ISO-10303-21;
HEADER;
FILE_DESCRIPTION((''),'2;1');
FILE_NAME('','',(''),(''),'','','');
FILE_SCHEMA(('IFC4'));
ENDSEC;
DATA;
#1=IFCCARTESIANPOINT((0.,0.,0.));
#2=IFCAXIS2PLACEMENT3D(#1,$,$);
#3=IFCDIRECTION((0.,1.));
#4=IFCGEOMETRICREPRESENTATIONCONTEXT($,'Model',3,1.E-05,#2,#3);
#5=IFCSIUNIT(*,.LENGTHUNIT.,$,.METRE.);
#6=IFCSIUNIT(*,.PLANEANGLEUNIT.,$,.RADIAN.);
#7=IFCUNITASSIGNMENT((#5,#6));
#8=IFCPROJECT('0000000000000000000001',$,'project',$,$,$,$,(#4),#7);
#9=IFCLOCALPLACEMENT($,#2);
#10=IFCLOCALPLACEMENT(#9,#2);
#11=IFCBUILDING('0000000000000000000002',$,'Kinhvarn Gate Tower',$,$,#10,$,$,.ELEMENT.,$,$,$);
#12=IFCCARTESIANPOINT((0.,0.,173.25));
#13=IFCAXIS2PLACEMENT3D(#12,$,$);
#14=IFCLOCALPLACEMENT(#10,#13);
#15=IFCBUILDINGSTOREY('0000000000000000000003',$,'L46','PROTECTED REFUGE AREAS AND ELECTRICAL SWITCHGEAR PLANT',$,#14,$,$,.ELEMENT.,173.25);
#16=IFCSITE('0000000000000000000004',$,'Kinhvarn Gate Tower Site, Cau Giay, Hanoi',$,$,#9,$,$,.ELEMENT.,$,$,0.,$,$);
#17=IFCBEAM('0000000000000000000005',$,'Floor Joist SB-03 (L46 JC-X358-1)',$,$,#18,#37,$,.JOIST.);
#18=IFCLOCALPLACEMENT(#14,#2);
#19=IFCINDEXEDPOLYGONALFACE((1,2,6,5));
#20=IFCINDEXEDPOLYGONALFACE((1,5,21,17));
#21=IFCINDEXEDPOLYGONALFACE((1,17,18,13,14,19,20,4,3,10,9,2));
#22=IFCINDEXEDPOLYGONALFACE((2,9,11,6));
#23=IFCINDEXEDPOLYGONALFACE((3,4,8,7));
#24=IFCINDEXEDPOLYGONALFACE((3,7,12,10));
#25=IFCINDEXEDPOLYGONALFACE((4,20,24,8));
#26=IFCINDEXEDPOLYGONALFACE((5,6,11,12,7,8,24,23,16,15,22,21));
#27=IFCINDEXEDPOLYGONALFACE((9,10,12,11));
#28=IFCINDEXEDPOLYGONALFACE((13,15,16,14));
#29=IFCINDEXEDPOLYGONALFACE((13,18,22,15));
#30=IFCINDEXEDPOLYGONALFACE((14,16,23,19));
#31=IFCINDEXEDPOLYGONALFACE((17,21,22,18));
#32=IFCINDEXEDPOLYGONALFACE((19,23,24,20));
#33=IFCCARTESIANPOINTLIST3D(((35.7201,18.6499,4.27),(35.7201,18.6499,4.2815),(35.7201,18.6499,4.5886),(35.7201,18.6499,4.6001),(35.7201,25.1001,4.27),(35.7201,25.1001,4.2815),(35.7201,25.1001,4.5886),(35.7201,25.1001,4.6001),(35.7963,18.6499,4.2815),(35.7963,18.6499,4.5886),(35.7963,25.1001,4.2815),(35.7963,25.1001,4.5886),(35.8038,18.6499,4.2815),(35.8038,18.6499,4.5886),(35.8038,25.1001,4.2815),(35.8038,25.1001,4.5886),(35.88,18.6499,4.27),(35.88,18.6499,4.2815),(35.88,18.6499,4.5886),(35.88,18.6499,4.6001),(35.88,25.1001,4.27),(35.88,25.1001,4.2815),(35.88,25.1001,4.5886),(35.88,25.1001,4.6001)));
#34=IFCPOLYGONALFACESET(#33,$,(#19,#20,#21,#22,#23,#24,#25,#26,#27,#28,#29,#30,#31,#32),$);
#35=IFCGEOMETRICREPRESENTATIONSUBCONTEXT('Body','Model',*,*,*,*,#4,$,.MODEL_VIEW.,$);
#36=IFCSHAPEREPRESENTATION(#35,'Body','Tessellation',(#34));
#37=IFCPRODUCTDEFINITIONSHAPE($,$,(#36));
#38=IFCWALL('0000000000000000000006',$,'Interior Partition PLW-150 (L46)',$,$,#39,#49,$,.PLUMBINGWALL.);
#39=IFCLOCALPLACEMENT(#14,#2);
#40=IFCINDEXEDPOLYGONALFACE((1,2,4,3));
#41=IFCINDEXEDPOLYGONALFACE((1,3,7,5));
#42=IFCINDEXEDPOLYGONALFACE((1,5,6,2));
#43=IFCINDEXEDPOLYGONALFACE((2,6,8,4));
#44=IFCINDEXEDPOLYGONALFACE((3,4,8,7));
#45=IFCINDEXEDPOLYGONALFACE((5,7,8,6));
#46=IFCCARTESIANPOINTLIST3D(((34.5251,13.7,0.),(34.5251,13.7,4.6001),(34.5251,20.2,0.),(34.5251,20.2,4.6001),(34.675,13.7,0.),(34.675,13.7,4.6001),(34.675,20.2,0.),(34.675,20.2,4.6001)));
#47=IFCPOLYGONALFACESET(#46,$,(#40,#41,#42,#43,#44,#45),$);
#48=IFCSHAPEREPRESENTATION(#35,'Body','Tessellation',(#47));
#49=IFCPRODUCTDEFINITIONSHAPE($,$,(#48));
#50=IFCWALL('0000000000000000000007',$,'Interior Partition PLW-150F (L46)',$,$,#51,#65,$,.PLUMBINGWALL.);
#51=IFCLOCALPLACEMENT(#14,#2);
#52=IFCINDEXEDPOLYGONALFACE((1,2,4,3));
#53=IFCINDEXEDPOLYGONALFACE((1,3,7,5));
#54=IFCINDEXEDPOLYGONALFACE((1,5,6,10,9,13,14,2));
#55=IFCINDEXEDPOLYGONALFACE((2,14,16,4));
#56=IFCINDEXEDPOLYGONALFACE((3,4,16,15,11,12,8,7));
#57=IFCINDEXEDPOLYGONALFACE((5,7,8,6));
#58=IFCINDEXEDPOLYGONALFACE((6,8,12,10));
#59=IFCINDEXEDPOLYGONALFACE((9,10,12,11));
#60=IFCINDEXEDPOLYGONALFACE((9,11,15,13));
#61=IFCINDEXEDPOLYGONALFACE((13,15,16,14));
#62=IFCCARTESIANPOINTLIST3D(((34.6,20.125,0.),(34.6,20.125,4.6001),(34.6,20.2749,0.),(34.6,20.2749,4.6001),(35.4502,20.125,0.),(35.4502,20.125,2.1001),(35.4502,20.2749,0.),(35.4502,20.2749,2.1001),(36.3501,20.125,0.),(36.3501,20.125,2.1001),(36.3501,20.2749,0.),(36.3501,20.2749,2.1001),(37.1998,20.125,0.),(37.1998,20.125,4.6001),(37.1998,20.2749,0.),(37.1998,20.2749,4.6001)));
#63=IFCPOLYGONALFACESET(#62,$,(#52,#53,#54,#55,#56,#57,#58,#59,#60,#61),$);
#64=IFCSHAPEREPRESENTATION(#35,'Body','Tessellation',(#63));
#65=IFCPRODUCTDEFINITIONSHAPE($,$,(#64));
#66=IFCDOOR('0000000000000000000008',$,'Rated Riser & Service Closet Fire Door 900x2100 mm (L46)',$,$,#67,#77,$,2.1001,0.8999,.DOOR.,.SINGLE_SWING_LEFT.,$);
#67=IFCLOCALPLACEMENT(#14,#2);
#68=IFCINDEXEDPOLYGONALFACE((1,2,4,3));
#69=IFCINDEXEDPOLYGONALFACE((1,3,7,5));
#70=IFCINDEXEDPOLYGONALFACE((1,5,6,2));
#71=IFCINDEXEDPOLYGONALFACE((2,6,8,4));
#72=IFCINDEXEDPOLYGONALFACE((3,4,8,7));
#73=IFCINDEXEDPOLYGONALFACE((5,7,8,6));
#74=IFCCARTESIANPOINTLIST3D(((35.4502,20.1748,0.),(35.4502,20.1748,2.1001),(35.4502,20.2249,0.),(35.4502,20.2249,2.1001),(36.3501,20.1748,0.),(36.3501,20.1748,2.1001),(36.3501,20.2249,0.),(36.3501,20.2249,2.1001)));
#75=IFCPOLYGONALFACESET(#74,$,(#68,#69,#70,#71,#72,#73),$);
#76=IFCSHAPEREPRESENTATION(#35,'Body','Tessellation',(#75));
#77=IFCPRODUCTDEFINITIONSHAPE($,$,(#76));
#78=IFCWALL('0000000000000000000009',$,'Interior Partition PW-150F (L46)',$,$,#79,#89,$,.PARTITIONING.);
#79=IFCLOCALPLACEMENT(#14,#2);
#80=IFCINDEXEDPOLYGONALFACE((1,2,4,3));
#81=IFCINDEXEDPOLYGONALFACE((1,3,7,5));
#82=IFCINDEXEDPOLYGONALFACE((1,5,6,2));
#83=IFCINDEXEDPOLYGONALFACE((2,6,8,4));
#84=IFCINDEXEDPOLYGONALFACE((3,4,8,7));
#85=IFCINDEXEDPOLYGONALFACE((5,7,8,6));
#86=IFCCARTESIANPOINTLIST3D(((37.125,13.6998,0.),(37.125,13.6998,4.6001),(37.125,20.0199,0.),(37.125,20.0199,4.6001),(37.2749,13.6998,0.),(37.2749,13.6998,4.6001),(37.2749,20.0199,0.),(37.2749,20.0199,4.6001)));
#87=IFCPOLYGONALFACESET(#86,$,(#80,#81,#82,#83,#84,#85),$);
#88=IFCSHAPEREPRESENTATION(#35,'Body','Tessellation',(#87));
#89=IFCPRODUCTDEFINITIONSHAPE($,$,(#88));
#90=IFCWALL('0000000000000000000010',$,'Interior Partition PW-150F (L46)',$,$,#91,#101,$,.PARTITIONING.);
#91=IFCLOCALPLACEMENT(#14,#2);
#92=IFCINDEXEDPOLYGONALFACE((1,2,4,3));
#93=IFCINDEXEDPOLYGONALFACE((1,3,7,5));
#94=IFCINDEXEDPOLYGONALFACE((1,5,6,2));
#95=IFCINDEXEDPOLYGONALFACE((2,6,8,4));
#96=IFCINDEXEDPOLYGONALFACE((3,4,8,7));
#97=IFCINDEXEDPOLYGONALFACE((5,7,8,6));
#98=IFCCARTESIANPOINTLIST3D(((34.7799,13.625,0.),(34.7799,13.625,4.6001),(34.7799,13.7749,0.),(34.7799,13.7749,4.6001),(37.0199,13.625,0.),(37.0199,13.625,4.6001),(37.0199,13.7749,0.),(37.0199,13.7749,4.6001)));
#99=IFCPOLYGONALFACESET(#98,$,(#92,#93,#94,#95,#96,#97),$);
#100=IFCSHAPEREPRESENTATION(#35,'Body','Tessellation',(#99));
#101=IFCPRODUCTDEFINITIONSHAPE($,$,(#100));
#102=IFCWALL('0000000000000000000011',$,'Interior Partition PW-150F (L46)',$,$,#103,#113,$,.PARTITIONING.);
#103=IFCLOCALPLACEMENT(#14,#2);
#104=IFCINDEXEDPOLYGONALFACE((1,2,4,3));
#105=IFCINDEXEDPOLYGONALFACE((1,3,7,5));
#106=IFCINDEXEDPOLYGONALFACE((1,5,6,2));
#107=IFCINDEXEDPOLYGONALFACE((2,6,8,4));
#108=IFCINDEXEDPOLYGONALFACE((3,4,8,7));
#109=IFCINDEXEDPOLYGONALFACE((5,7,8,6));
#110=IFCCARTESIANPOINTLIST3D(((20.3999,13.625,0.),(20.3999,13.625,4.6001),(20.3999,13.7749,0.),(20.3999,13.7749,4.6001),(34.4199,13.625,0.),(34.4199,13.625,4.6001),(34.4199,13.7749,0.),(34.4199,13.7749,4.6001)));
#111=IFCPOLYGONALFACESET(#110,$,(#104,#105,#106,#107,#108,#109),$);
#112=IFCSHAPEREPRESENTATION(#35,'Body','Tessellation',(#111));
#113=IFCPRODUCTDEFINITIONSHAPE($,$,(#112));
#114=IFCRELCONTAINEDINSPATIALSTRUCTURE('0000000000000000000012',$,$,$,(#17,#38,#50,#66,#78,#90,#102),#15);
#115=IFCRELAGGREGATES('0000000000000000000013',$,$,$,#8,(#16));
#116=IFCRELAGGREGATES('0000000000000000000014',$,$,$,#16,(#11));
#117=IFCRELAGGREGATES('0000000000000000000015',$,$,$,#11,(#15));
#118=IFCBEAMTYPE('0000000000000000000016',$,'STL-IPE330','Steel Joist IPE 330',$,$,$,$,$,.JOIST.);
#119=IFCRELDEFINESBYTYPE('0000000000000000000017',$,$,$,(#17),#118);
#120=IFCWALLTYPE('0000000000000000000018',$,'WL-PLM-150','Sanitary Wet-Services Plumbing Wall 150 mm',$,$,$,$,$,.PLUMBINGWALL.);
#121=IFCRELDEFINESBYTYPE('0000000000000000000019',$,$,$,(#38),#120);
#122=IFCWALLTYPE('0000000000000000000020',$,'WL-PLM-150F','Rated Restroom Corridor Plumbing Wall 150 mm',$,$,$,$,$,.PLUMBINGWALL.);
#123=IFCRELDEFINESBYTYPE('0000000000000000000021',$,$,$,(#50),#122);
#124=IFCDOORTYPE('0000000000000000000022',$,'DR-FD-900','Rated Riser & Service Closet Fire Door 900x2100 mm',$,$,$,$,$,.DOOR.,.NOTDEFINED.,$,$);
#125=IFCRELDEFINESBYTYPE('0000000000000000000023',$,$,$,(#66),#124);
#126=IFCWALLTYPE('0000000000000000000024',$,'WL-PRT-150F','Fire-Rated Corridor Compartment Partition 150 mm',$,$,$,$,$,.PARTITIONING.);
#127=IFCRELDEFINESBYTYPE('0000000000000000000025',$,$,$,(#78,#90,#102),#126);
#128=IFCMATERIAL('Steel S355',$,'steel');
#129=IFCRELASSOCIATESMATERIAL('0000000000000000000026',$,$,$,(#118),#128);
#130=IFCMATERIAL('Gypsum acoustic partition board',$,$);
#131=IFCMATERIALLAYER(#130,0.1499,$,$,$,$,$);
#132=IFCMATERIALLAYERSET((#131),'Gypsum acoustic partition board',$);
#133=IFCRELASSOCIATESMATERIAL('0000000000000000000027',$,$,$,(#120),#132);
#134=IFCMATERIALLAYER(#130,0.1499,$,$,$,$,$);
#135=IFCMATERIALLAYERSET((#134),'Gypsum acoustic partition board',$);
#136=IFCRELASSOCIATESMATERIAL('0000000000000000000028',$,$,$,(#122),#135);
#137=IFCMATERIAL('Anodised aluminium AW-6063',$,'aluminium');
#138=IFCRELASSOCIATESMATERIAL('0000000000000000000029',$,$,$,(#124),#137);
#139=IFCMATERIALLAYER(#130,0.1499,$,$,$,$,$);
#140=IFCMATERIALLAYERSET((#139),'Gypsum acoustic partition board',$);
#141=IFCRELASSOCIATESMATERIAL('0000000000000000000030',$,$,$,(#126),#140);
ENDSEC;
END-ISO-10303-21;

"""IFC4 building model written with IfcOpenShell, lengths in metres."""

from ifc_helpers import new_model, si_unit, direction, frame, frame_2d, origin, origin_2d, place, context, subcontext, project, spatial, rectangle, i_section, extrude, material, layer, layer_set, material_profile, profile_set, type_object, element, fill, save


model = new_model("IFC4")

# Units and contexts
model_context = context("Model", 3, precision=1e-05, world=origin(), true_north=direction((0.0, 1.0)))
body_context = subcontext(model_context, "Body", "Model", "MODEL_VIEW")
ifc_project = project(units=[si_unit("LENGTHUNIT", "METRE"), si_unit("PLANEANGLEUNIT", "RADIAN")], contexts=[model_context])

# Site, building, storey
site_placement = place(None, origin())
site = spatial("IfcSite", under=ifc_project, at=site_placement, Name="Kinhvarn Gate Tower Site, Cau Giay, Hanoi", CompositionType="ELEMENT", RefElevation=0.0)
building_placement = place(site_placement, origin())
building = spatial("IfcBuilding", under=site, at=building_placement, Name="Kinhvarn Gate Tower", CompositionType="ELEMENT")
storey_placement = place(building_placement, frame((0.0, 0.0, 173.25)))
storey = spatial("IfcBuildingStorey", under=building, at=storey_placement, Name="L46", Description="PROTECTED REFUGE AREAS AND ELECTRICAL SWITCHGEAR PLANT", CompositionType="ELEMENT", Elevation=173.25)

# Shared definitions
ifc_material_1 = material(Name="Steel S355", Category="steel")

# Beam
ifc_material_profile_1 = material_profile(ifc_material_1, i_section(OverallWidth=0.1599, OverallDepth=0.3301, WebThickness=0.0076, FlangeThickness=0.0115, at=origin_2d()), Name="IPE 330")
ifc_profile_set_1 = profile_set([ifc_material_profile_1], Name="Steel S355")
beam_type_1 = type_object("IfcBeamType", Name="STL-IPE330", Description="Steel Joist IPE 330", PredefinedType="JOIST", material=ifc_profile_set_1)
beam_1_placement = place(storey_placement, frame((35.8, 18.6499, 4.4351), z_axis=(0.0, 1.0, 0.0), x_axis=(-1.0, 0.0, 0.0)))
element("IfcBeam", 1, at=beam_1_placement, inside=storey, type_object=beam_type_1, Name="Floor Joist SB-03 (L46 JC-X358-1)", PredefinedType="JOIST", context=body_context, shape_type="SweptSolid", body=[
    extrude(i_section(OverallWidth=0.1599, OverallDepth=0.3301, WebThickness=0.0076, FlangeThickness=0.0115, at=origin_2d()), origin(), (0.0, 0.0, 1.0), 6.4502),
])

# Wall
ifc_material_2 = material(Name="Gypsum acoustic partition board")
ifc_layer_1 = layer(ifc_material_2, 0.1499)
ifc_layer_set_1 = layer_set([ifc_layer_1], Name="Gypsum acoustic partition board")
wall_type_1 = type_object("IfcWallType", Name="WL-PLM-150", Description="Sanitary Wet-Services Plumbing Wall 150 mm", PredefinedType="PLUMBINGWALL", material=ifc_layer_set_1)
wall_1_placement = place(storey_placement, frame((34.6001, 13.7, 0.0), z_axis=(0.0, 0.0, 1.0), x_axis=(0.0, 1.0, 0.0)))
element("IfcWall", 2, at=wall_1_placement, inside=storey, type_object=wall_type_1, Name="Interior Partition PLW-150 (L46)", PredefinedType="PLUMBINGWALL", context=body_context, shape_type="SweptSolid", body=[
    extrude(rectangle(XDim=6.5, YDim=0.1499, at=frame_2d((3.25, 0.0))), origin(), (0.0, 0.0, 1.0), 4.6001),
])

# Wall, opening, door
ifc_layer_2 = layer(ifc_material_2, 0.1499)
ifc_layer_set_2 = layer_set([ifc_layer_2], Name="Gypsum acoustic partition board")
wall_type_2 = type_object("IfcWallType", Name="WL-PLM-150F", Description="Rated Restroom Corridor Plumbing Wall 150 mm", PredefinedType="PLUMBINGWALL", material=ifc_layer_set_2)
wall_2_placement = place(storey_placement, frame((34.6001, 20.2, 0.0), z_axis=(0.0, 0.0, 1.0), x_axis=(1.0, 0.0, 0.0)))
wall_2 = element("IfcWall", 3, at=wall_2_placement, inside=storey, type_object=wall_type_2, Name="Interior Partition PLW-150F (L46)", PredefinedType="PLUMBINGWALL", context=body_context, shape_type="SweptSolid", body=[
    extrude(rectangle(XDim=2.5999, YDim=0.1499, at=frame_2d((1.2998, 0.0))), origin(), (0.0, 0.0, 1.0), 4.6001),
])
opening_placement = place(wall_2_placement, frame((0.8501, 0.0, 0.0)))
opening = element("IfcOpeningElement", 4, at=opening_placement, cuts=wall_2, PredefinedType="OPENING", context=body_context, shape_type="SweptSolid", body=[
    extrude(rectangle(XDim=0.8999, YDim=2.1001, at=frame_2d((0.45, 1.05))), frame((0.0, 0.085, 0.0), z_axis=(0.0, -1.0, 0.0), x_axis=(1.0, 0.0, 0.0)), (0.0, 0.0, 1.0), 0.1699),
])
ifc_material_3 = material(Name="Anodised aluminium AW-6063", Category="aluminium")
door_type = type_object("IfcDoorType", Name="DR-FD-900", Description="Rated Riser & Service Closet Fire Door 900x2100 mm", OperationType="NOTDEFINED", PredefinedType="DOOR", material=ifc_material_3)
door_placement = place(opening_placement, origin())
door = element("IfcDoor", 5, at=door_placement, inside=storey, type_object=door_type, Name="Rated Riser & Service Closet Fire Door 900x2100 mm (L46)", OperationType="SINGLE_SWING_LEFT", OverallHeight=2.1001, OverallWidth=0.8999, PredefinedType="DOOR", context=body_context, shape_type="SweptSolid", body=[
    extrude(rectangle(XDim=0.8999, YDim=2.1001, at=frame_2d((0.45, 1.05))), frame((0.0, 0.0249, 0.0), z_axis=(0.0, -1.0, 0.0), x_axis=(1.0, 0.0, 0.0)), (0.0, 0.0, 1.0), 0.05),
])
fill(opening, door)

# Walls
ifc_layer_3 = layer(ifc_material_2, 0.1499)
ifc_layer_set_3 = layer_set([ifc_layer_3], Name="Gypsum acoustic partition board")
wall_type_3 = type_object("IfcWallType", Name="WL-PRT-150F", Description="Fire-Rated Corridor Compartment Partition 150 mm", PredefinedType="PARTITIONING", material=ifc_layer_set_3)
wall_3_placement = place(storey_placement, frame((37.2, 20.02, 0.0), z_axis=(0.0, 0.0, 1.0), x_axis=(0.0, -1.0, 0.0)))
element("IfcWall", 6, at=wall_3_placement, inside=storey, type_object=wall_type_3, Name="Interior Partition PW-150F (L46)", PredefinedType="PARTITIONING", context=body_context, shape_type="SweptSolid", body=[
    extrude(rectangle(XDim=6.3201, YDim=0.1499, at=frame_2d((3.1602, 0.0))), origin(), (0.0, 0.0, 1.0), 4.6001),
])
wall_4_placement = place(storey_placement, frame((37.02, 13.7, 0.0), z_axis=(0.0, 0.0, 1.0), x_axis=(-1.0, 0.0, 0.0)))
element("IfcWall", 7, at=wall_4_placement, inside=storey, type_object=wall_type_3, Name="Interior Partition PW-150F (L46)", PredefinedType="PARTITIONING", context=body_context, shape_type="SweptSolid", body=[
    extrude(rectangle(XDim=2.24, YDim=0.1499, at=frame_2d((1.1201, 0.0))), origin(), (0.0, 0.0, 1.0), 4.6001),
])
wall_5_placement = place(storey_placement, frame((34.4199, 13.7, 0.0), z_axis=(0.0, 0.0, 1.0), x_axis=(-1.0, 0.0, 0.0)))
element("IfcWall", 8, at=wall_5_placement, inside=storey, type_object=wall_type_3, Name="Interior Partition PW-150F (L46)", PredefinedType="PARTITIONING", context=body_context, shape_type="SweptSolid", body=[
    extrude(rectangle(XDim=14.02, YDim=0.1499, at=frame_2d((7.01, 0.0))), origin(), (0.0, 0.0, 1.0), 4.6001),
])

save(model, "model.ifc")
